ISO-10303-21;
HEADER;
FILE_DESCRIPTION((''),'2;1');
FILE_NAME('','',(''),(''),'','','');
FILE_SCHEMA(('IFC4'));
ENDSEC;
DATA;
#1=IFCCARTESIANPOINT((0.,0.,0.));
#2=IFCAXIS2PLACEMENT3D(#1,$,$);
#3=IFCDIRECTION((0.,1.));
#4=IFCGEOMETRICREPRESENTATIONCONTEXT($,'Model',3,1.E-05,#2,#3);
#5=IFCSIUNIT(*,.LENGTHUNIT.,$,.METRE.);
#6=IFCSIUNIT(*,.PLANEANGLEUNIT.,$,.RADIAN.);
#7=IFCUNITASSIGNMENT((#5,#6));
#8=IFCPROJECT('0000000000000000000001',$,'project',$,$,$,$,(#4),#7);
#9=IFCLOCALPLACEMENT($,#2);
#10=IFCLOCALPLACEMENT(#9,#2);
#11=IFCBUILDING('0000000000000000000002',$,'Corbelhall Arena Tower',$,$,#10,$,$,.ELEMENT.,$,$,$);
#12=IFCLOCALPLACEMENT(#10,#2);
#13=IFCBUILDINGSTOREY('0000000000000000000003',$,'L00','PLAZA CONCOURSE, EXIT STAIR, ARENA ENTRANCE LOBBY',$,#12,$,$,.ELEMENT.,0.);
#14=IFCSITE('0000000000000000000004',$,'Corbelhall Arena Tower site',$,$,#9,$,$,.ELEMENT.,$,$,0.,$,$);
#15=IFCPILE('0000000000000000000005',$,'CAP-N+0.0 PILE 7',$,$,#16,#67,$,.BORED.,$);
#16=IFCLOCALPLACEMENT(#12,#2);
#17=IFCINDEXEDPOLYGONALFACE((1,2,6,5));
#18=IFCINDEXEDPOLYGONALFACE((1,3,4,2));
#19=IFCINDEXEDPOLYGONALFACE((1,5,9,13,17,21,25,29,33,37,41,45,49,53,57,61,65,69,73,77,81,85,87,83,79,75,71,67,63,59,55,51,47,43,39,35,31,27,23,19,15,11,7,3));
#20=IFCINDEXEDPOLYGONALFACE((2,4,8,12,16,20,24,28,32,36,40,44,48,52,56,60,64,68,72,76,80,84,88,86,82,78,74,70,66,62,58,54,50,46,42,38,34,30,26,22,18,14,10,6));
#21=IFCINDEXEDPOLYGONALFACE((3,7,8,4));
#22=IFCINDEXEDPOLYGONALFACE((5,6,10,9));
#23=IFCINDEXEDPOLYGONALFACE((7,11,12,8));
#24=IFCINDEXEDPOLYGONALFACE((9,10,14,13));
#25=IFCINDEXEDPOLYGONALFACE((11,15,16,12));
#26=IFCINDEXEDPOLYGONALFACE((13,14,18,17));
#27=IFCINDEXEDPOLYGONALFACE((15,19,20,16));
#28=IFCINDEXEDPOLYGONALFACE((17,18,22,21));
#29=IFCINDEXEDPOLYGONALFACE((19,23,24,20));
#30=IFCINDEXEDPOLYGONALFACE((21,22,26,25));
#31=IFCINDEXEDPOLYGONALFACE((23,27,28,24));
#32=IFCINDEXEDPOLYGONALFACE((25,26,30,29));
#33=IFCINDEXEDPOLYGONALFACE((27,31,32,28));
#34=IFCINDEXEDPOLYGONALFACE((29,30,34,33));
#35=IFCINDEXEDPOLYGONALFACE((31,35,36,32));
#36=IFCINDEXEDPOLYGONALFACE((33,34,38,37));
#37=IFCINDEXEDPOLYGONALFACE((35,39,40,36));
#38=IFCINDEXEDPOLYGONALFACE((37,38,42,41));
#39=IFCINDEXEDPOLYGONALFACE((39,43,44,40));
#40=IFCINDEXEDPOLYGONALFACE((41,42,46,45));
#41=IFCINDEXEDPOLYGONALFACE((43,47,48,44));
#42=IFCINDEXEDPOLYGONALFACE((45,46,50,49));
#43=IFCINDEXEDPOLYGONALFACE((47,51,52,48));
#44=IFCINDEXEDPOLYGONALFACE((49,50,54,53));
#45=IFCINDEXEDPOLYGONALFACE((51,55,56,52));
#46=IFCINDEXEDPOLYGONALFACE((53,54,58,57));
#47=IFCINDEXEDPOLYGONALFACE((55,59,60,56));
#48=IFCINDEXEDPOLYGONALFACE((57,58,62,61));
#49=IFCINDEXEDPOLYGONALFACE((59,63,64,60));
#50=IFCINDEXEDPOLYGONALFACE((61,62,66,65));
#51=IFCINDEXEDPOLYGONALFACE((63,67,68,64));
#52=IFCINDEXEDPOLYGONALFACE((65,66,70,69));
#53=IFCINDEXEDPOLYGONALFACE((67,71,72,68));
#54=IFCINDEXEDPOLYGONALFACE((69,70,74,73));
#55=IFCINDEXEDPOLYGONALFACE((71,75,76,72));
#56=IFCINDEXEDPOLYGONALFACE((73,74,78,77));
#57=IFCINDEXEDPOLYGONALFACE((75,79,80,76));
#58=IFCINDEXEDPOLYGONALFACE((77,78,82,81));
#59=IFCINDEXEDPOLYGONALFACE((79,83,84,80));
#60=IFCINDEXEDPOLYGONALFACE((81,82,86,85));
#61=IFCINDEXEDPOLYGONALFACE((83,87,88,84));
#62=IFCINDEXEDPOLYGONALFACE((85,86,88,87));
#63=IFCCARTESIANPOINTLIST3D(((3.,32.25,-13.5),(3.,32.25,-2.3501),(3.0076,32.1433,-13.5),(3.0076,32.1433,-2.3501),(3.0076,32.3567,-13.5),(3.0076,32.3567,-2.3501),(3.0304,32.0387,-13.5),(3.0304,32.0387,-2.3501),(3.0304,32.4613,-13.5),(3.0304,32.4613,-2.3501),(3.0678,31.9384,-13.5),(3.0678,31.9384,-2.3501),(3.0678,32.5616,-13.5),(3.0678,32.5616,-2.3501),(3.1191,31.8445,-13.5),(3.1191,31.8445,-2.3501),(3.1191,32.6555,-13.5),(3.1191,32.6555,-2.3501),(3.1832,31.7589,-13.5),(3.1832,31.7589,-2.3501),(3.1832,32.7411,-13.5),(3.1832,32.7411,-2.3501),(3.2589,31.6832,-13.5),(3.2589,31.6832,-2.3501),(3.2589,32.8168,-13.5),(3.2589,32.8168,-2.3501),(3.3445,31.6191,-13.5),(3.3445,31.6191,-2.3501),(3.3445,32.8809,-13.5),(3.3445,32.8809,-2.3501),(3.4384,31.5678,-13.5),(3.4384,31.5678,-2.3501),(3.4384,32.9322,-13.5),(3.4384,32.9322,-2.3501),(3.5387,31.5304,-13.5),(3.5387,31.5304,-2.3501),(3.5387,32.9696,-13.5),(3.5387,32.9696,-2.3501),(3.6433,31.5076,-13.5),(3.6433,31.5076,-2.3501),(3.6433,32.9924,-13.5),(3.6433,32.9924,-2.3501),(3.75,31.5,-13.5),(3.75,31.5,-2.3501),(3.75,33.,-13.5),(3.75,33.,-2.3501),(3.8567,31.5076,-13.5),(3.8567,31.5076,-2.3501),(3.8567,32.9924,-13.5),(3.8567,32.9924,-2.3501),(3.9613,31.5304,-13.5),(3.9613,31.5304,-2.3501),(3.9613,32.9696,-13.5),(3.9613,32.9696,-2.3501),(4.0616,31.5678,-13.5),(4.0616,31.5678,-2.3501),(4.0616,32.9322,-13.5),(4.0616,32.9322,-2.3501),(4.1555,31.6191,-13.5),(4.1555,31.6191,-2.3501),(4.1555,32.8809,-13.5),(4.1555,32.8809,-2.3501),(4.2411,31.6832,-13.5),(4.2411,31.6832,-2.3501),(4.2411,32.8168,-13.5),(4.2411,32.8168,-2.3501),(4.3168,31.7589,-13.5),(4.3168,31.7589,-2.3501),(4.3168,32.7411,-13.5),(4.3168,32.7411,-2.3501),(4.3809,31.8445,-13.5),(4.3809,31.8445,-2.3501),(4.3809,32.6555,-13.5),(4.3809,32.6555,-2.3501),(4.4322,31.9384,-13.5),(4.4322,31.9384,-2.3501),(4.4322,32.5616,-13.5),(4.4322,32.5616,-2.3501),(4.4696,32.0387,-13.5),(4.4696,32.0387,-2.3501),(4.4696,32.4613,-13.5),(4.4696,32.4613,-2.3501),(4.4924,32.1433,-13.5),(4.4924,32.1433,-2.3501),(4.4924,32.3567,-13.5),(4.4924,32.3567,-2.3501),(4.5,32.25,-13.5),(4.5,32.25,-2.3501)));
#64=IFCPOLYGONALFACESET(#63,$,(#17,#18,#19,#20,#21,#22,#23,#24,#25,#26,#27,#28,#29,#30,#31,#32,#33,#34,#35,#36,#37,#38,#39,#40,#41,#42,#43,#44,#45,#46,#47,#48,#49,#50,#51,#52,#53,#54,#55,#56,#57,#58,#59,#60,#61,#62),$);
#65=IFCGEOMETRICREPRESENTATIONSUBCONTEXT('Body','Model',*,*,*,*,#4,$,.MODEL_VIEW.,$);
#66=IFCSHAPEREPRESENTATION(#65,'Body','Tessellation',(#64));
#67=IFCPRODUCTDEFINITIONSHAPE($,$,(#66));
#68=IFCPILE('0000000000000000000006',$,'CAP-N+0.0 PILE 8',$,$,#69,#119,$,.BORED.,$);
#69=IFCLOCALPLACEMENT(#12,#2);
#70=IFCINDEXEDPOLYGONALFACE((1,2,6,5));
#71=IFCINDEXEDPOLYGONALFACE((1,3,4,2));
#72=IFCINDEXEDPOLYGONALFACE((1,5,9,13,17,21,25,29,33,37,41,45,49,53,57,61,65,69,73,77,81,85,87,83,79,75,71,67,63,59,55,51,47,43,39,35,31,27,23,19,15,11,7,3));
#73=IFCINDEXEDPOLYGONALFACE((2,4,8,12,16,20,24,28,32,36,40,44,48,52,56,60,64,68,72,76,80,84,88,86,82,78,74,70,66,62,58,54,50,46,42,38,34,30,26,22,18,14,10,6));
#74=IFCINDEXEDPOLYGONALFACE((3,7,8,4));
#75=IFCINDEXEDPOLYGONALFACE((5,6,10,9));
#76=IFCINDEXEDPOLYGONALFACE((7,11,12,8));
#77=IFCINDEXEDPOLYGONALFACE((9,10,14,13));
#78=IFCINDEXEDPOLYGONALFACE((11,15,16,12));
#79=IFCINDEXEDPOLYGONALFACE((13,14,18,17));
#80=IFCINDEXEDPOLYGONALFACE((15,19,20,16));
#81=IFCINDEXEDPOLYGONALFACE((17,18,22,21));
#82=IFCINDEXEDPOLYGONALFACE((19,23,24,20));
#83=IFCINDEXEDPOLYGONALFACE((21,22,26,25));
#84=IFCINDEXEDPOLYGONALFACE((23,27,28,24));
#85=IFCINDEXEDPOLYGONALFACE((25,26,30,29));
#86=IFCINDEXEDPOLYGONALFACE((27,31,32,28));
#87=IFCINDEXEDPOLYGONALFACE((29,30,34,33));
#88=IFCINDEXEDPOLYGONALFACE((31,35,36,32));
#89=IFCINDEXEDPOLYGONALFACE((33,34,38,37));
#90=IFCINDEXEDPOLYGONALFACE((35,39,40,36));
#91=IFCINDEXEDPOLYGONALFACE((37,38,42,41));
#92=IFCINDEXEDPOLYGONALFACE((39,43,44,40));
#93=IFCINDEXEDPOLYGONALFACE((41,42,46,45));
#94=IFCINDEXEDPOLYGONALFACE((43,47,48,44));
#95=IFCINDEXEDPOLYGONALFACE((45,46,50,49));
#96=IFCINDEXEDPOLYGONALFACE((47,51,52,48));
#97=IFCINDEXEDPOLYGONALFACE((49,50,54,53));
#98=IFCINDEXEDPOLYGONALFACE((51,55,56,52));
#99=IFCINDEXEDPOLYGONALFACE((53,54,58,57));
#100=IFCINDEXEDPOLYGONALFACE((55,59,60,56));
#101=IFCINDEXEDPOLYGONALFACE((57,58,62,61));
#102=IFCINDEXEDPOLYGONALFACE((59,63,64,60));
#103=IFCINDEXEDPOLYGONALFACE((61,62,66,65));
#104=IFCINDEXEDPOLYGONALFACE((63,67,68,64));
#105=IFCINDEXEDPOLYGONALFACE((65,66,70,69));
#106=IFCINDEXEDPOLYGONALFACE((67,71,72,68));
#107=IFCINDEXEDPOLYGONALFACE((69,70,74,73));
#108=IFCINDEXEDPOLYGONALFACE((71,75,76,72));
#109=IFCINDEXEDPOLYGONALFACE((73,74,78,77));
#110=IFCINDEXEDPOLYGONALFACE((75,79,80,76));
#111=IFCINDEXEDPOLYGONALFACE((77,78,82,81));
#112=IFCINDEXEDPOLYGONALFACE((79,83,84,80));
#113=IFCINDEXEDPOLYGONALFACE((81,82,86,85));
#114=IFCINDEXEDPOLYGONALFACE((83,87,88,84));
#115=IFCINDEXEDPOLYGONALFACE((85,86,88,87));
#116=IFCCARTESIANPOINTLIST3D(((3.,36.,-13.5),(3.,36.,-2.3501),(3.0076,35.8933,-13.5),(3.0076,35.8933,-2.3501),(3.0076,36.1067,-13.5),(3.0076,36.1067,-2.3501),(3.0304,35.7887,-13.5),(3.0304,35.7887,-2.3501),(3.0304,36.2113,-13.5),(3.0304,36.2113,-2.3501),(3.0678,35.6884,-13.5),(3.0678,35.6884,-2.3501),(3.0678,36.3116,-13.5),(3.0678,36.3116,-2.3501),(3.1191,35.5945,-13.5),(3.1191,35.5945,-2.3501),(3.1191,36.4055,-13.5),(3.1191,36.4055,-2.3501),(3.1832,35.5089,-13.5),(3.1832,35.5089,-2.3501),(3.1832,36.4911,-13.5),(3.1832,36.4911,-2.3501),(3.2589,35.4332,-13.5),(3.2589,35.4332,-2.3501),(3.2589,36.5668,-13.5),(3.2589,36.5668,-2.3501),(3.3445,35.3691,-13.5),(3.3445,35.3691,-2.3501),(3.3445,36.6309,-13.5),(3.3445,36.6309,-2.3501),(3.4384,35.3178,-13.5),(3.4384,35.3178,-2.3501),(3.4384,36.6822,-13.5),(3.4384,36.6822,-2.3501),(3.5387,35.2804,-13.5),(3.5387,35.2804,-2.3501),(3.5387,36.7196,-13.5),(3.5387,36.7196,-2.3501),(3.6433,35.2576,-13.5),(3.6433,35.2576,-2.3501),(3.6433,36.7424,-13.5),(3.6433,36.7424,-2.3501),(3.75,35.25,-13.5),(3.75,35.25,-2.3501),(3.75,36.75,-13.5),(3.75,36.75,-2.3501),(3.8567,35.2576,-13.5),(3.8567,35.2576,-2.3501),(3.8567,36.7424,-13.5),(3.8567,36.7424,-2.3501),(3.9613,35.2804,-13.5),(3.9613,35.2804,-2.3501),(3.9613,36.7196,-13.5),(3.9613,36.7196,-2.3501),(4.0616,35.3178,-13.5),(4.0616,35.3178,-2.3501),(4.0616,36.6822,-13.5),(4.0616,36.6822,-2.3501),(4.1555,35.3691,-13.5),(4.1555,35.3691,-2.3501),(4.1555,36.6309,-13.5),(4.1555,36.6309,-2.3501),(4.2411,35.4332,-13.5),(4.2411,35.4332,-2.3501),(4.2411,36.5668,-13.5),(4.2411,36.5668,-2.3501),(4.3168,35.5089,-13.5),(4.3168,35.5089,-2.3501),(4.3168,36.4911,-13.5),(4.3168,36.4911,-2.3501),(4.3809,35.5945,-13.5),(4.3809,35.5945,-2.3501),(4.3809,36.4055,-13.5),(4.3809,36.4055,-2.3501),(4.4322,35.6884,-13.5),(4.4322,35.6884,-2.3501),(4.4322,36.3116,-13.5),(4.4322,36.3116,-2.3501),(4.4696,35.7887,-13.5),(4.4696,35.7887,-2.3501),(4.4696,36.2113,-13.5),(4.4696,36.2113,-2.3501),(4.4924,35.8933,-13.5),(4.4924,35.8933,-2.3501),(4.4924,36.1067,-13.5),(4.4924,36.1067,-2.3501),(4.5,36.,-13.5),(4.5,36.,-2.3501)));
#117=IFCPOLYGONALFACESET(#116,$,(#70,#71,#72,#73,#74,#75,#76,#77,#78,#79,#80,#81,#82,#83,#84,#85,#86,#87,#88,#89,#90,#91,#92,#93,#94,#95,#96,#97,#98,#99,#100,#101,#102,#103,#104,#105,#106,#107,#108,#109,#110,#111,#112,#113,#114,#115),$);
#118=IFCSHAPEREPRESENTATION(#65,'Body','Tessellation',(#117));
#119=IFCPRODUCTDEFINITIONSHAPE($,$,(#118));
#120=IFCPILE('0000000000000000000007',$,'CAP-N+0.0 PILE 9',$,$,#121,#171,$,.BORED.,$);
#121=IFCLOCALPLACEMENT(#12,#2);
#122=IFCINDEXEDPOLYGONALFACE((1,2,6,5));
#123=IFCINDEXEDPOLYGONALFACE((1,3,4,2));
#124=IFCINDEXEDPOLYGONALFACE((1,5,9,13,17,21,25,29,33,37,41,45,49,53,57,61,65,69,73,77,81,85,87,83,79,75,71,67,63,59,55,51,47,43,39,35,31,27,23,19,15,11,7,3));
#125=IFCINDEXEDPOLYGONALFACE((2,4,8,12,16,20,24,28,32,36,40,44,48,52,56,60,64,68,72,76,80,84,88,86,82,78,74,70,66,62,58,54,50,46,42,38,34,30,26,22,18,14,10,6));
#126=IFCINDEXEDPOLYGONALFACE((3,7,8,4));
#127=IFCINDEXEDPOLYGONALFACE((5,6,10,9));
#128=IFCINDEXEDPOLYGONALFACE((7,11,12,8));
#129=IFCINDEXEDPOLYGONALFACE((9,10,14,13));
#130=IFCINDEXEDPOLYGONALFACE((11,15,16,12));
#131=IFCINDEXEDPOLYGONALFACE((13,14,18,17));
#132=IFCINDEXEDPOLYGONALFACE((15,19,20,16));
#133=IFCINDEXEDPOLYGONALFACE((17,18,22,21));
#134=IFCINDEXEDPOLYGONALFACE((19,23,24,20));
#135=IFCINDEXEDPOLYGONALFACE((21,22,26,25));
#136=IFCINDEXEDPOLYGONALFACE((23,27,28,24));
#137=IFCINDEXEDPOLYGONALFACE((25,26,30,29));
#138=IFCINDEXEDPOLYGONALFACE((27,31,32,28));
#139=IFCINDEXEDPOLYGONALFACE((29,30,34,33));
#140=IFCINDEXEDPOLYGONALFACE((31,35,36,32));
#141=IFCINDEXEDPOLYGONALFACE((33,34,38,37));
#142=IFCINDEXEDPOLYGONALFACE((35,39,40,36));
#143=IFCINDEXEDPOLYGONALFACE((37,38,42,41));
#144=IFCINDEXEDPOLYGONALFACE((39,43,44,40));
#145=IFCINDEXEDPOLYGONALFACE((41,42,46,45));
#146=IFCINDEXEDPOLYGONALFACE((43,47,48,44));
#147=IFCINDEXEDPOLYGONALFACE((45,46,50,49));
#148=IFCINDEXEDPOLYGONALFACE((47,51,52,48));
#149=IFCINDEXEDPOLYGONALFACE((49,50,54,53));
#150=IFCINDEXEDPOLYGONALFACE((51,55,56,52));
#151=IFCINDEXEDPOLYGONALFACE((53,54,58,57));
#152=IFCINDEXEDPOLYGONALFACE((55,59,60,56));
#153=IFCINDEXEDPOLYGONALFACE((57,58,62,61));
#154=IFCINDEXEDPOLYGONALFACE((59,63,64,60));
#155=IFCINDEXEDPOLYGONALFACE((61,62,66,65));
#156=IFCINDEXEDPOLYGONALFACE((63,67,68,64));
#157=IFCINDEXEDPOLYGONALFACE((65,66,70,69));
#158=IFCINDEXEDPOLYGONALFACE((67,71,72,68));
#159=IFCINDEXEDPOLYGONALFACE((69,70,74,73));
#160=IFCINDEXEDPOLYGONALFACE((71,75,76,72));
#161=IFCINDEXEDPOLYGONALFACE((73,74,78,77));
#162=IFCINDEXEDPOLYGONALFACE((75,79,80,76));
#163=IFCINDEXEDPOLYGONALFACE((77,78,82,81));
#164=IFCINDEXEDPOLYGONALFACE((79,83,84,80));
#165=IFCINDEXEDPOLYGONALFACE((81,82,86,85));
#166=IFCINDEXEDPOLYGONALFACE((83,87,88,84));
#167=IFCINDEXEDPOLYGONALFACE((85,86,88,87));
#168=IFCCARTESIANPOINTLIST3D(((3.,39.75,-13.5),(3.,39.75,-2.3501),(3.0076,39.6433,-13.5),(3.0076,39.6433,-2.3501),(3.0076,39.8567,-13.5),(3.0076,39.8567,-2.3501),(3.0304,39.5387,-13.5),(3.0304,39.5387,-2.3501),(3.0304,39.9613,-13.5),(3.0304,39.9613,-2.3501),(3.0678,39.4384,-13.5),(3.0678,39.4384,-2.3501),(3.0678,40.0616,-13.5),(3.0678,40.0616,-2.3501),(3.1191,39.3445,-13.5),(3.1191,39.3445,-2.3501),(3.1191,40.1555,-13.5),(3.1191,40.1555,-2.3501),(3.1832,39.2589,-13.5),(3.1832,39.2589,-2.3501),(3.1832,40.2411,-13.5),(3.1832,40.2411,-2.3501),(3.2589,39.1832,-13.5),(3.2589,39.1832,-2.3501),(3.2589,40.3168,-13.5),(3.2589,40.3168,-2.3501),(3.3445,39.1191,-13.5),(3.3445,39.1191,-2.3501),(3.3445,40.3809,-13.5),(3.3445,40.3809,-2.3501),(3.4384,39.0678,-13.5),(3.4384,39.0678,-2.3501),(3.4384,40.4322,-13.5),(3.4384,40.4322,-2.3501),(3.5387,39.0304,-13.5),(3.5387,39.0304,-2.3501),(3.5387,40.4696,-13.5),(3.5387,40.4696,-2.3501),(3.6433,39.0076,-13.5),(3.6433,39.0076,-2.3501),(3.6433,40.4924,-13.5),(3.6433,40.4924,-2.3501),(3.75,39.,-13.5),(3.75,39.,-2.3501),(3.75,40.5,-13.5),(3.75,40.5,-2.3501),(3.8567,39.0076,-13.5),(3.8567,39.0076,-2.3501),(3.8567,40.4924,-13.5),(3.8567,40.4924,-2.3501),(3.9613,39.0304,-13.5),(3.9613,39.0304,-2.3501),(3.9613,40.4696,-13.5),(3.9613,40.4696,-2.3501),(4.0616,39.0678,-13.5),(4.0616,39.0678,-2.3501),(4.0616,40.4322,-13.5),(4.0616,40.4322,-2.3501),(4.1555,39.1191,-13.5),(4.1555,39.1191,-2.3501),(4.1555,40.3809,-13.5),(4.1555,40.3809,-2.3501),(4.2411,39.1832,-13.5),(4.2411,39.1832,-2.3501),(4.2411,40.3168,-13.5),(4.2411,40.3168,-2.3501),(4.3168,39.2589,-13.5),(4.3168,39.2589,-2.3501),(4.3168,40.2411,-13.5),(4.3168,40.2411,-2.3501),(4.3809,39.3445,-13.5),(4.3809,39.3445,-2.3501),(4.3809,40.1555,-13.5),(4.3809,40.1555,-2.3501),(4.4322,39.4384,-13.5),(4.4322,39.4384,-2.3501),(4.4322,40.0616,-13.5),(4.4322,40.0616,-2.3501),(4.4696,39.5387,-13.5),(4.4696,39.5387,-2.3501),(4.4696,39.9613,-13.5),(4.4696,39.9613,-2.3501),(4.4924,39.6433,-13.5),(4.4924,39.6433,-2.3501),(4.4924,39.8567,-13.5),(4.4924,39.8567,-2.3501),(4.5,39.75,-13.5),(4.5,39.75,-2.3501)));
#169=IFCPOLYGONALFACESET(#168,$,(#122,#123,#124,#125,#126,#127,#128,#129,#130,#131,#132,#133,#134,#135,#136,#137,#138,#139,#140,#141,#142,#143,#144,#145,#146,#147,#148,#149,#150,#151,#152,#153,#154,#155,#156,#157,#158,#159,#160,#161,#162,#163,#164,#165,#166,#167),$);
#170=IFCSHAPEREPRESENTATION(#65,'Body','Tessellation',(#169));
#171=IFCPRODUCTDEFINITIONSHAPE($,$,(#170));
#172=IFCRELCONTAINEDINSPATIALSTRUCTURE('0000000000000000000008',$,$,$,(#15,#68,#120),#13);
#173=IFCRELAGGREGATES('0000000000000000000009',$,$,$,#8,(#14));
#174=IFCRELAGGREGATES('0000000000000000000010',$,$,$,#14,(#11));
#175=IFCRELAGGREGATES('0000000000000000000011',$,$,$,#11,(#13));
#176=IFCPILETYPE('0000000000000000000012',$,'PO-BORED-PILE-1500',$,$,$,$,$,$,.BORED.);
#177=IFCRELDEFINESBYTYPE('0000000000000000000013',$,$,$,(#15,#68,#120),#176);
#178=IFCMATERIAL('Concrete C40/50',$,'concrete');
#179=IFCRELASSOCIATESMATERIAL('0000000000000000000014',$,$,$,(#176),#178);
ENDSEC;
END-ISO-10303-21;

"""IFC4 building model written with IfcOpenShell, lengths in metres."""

from ifc_helpers import new_model, si_unit, direction, frame, origin, origin_2d, place, context, subcontext, project, spatial, circle, extrude, material, material_profile, profile_set, type_object, element, save


model = new_model("IFC4")

# Units and contexts
model_context = context("Model", 3, precision=1e-05, world=origin(), true_north=direction((0.0, 1.0)))
body_context = subcontext(model_context, "Body", "Model", "MODEL_VIEW")
ifc_project = project(units=[si_unit("LENGTHUNIT", "METRE"), si_unit("PLANEANGLEUNIT", "RADIAN")], contexts=[model_context])

# Site, building, storey
site_placement = place(None, origin())
site = spatial("IfcSite", under=ifc_project, at=site_placement, Name="Corbelhall Arena Tower site", CompositionType="ELEMENT", RefElevation=0.0)
building_placement = place(site_placement, origin())
building = spatial("IfcBuilding", under=site, at=building_placement, Name="Corbelhall Arena Tower", CompositionType="ELEMENT")
storey_placement = place(building_placement, origin())
storey = spatial("IfcBuildingStorey", under=building, at=storey_placement, Name="L00", Description="PLAZA CONCOURSE, EXIT STAIR, ARENA ENTRANCE LOBBY", CompositionType="ELEMENT", Elevation=0.0)

# Piles
ifc_material_1 = material(Name="Concrete C40/50", Category="concrete")
ifc_material_profile_1 = material_profile(ifc_material_1, circle(Radius=0.75, at=origin_2d()))
ifc_profile_set_1 = profile_set([ifc_material_profile_1], Name="Concrete C40/50")
pile_type = type_object("IfcPileType", Name="PO-BORED-PILE-1500", PredefinedType="BORED", material=ifc_profile_set_1)
for number, where, z_axis, x_axis, name in (
    (1, (3.75, 32.25, -2.3501), (0.0, 0.0, -1.0), (1.0, 0.0, 0.0), "CAP-N+0.0 PILE 7"),
    (2, (3.75, 36.0, -2.3501), (0.0, 0.0, -1.0), (1.0, 0.0, 0.0), "CAP-N+0.0 PILE 8"),
    (3, (3.75, 39.75, -2.3501), (0.0, 0.0, -1.0), (1.0, 0.0, 0.0), "CAP-N+0.0 PILE 9"),
):
    element("IfcPile", number, at=place(storey_placement, frame(where, z_axis=z_axis, x_axis=x_axis)), inside=storey, type_object=pile_type, Name=name, PredefinedType="BORED", context=body_context, shape_type="SweptSolid", body=[
        extrude(circle(Radius=0.75, at=origin_2d()), origin(), (0.0, 0.0, 1.0), 11.1499),
    ])

save(model, "model.ifc")
